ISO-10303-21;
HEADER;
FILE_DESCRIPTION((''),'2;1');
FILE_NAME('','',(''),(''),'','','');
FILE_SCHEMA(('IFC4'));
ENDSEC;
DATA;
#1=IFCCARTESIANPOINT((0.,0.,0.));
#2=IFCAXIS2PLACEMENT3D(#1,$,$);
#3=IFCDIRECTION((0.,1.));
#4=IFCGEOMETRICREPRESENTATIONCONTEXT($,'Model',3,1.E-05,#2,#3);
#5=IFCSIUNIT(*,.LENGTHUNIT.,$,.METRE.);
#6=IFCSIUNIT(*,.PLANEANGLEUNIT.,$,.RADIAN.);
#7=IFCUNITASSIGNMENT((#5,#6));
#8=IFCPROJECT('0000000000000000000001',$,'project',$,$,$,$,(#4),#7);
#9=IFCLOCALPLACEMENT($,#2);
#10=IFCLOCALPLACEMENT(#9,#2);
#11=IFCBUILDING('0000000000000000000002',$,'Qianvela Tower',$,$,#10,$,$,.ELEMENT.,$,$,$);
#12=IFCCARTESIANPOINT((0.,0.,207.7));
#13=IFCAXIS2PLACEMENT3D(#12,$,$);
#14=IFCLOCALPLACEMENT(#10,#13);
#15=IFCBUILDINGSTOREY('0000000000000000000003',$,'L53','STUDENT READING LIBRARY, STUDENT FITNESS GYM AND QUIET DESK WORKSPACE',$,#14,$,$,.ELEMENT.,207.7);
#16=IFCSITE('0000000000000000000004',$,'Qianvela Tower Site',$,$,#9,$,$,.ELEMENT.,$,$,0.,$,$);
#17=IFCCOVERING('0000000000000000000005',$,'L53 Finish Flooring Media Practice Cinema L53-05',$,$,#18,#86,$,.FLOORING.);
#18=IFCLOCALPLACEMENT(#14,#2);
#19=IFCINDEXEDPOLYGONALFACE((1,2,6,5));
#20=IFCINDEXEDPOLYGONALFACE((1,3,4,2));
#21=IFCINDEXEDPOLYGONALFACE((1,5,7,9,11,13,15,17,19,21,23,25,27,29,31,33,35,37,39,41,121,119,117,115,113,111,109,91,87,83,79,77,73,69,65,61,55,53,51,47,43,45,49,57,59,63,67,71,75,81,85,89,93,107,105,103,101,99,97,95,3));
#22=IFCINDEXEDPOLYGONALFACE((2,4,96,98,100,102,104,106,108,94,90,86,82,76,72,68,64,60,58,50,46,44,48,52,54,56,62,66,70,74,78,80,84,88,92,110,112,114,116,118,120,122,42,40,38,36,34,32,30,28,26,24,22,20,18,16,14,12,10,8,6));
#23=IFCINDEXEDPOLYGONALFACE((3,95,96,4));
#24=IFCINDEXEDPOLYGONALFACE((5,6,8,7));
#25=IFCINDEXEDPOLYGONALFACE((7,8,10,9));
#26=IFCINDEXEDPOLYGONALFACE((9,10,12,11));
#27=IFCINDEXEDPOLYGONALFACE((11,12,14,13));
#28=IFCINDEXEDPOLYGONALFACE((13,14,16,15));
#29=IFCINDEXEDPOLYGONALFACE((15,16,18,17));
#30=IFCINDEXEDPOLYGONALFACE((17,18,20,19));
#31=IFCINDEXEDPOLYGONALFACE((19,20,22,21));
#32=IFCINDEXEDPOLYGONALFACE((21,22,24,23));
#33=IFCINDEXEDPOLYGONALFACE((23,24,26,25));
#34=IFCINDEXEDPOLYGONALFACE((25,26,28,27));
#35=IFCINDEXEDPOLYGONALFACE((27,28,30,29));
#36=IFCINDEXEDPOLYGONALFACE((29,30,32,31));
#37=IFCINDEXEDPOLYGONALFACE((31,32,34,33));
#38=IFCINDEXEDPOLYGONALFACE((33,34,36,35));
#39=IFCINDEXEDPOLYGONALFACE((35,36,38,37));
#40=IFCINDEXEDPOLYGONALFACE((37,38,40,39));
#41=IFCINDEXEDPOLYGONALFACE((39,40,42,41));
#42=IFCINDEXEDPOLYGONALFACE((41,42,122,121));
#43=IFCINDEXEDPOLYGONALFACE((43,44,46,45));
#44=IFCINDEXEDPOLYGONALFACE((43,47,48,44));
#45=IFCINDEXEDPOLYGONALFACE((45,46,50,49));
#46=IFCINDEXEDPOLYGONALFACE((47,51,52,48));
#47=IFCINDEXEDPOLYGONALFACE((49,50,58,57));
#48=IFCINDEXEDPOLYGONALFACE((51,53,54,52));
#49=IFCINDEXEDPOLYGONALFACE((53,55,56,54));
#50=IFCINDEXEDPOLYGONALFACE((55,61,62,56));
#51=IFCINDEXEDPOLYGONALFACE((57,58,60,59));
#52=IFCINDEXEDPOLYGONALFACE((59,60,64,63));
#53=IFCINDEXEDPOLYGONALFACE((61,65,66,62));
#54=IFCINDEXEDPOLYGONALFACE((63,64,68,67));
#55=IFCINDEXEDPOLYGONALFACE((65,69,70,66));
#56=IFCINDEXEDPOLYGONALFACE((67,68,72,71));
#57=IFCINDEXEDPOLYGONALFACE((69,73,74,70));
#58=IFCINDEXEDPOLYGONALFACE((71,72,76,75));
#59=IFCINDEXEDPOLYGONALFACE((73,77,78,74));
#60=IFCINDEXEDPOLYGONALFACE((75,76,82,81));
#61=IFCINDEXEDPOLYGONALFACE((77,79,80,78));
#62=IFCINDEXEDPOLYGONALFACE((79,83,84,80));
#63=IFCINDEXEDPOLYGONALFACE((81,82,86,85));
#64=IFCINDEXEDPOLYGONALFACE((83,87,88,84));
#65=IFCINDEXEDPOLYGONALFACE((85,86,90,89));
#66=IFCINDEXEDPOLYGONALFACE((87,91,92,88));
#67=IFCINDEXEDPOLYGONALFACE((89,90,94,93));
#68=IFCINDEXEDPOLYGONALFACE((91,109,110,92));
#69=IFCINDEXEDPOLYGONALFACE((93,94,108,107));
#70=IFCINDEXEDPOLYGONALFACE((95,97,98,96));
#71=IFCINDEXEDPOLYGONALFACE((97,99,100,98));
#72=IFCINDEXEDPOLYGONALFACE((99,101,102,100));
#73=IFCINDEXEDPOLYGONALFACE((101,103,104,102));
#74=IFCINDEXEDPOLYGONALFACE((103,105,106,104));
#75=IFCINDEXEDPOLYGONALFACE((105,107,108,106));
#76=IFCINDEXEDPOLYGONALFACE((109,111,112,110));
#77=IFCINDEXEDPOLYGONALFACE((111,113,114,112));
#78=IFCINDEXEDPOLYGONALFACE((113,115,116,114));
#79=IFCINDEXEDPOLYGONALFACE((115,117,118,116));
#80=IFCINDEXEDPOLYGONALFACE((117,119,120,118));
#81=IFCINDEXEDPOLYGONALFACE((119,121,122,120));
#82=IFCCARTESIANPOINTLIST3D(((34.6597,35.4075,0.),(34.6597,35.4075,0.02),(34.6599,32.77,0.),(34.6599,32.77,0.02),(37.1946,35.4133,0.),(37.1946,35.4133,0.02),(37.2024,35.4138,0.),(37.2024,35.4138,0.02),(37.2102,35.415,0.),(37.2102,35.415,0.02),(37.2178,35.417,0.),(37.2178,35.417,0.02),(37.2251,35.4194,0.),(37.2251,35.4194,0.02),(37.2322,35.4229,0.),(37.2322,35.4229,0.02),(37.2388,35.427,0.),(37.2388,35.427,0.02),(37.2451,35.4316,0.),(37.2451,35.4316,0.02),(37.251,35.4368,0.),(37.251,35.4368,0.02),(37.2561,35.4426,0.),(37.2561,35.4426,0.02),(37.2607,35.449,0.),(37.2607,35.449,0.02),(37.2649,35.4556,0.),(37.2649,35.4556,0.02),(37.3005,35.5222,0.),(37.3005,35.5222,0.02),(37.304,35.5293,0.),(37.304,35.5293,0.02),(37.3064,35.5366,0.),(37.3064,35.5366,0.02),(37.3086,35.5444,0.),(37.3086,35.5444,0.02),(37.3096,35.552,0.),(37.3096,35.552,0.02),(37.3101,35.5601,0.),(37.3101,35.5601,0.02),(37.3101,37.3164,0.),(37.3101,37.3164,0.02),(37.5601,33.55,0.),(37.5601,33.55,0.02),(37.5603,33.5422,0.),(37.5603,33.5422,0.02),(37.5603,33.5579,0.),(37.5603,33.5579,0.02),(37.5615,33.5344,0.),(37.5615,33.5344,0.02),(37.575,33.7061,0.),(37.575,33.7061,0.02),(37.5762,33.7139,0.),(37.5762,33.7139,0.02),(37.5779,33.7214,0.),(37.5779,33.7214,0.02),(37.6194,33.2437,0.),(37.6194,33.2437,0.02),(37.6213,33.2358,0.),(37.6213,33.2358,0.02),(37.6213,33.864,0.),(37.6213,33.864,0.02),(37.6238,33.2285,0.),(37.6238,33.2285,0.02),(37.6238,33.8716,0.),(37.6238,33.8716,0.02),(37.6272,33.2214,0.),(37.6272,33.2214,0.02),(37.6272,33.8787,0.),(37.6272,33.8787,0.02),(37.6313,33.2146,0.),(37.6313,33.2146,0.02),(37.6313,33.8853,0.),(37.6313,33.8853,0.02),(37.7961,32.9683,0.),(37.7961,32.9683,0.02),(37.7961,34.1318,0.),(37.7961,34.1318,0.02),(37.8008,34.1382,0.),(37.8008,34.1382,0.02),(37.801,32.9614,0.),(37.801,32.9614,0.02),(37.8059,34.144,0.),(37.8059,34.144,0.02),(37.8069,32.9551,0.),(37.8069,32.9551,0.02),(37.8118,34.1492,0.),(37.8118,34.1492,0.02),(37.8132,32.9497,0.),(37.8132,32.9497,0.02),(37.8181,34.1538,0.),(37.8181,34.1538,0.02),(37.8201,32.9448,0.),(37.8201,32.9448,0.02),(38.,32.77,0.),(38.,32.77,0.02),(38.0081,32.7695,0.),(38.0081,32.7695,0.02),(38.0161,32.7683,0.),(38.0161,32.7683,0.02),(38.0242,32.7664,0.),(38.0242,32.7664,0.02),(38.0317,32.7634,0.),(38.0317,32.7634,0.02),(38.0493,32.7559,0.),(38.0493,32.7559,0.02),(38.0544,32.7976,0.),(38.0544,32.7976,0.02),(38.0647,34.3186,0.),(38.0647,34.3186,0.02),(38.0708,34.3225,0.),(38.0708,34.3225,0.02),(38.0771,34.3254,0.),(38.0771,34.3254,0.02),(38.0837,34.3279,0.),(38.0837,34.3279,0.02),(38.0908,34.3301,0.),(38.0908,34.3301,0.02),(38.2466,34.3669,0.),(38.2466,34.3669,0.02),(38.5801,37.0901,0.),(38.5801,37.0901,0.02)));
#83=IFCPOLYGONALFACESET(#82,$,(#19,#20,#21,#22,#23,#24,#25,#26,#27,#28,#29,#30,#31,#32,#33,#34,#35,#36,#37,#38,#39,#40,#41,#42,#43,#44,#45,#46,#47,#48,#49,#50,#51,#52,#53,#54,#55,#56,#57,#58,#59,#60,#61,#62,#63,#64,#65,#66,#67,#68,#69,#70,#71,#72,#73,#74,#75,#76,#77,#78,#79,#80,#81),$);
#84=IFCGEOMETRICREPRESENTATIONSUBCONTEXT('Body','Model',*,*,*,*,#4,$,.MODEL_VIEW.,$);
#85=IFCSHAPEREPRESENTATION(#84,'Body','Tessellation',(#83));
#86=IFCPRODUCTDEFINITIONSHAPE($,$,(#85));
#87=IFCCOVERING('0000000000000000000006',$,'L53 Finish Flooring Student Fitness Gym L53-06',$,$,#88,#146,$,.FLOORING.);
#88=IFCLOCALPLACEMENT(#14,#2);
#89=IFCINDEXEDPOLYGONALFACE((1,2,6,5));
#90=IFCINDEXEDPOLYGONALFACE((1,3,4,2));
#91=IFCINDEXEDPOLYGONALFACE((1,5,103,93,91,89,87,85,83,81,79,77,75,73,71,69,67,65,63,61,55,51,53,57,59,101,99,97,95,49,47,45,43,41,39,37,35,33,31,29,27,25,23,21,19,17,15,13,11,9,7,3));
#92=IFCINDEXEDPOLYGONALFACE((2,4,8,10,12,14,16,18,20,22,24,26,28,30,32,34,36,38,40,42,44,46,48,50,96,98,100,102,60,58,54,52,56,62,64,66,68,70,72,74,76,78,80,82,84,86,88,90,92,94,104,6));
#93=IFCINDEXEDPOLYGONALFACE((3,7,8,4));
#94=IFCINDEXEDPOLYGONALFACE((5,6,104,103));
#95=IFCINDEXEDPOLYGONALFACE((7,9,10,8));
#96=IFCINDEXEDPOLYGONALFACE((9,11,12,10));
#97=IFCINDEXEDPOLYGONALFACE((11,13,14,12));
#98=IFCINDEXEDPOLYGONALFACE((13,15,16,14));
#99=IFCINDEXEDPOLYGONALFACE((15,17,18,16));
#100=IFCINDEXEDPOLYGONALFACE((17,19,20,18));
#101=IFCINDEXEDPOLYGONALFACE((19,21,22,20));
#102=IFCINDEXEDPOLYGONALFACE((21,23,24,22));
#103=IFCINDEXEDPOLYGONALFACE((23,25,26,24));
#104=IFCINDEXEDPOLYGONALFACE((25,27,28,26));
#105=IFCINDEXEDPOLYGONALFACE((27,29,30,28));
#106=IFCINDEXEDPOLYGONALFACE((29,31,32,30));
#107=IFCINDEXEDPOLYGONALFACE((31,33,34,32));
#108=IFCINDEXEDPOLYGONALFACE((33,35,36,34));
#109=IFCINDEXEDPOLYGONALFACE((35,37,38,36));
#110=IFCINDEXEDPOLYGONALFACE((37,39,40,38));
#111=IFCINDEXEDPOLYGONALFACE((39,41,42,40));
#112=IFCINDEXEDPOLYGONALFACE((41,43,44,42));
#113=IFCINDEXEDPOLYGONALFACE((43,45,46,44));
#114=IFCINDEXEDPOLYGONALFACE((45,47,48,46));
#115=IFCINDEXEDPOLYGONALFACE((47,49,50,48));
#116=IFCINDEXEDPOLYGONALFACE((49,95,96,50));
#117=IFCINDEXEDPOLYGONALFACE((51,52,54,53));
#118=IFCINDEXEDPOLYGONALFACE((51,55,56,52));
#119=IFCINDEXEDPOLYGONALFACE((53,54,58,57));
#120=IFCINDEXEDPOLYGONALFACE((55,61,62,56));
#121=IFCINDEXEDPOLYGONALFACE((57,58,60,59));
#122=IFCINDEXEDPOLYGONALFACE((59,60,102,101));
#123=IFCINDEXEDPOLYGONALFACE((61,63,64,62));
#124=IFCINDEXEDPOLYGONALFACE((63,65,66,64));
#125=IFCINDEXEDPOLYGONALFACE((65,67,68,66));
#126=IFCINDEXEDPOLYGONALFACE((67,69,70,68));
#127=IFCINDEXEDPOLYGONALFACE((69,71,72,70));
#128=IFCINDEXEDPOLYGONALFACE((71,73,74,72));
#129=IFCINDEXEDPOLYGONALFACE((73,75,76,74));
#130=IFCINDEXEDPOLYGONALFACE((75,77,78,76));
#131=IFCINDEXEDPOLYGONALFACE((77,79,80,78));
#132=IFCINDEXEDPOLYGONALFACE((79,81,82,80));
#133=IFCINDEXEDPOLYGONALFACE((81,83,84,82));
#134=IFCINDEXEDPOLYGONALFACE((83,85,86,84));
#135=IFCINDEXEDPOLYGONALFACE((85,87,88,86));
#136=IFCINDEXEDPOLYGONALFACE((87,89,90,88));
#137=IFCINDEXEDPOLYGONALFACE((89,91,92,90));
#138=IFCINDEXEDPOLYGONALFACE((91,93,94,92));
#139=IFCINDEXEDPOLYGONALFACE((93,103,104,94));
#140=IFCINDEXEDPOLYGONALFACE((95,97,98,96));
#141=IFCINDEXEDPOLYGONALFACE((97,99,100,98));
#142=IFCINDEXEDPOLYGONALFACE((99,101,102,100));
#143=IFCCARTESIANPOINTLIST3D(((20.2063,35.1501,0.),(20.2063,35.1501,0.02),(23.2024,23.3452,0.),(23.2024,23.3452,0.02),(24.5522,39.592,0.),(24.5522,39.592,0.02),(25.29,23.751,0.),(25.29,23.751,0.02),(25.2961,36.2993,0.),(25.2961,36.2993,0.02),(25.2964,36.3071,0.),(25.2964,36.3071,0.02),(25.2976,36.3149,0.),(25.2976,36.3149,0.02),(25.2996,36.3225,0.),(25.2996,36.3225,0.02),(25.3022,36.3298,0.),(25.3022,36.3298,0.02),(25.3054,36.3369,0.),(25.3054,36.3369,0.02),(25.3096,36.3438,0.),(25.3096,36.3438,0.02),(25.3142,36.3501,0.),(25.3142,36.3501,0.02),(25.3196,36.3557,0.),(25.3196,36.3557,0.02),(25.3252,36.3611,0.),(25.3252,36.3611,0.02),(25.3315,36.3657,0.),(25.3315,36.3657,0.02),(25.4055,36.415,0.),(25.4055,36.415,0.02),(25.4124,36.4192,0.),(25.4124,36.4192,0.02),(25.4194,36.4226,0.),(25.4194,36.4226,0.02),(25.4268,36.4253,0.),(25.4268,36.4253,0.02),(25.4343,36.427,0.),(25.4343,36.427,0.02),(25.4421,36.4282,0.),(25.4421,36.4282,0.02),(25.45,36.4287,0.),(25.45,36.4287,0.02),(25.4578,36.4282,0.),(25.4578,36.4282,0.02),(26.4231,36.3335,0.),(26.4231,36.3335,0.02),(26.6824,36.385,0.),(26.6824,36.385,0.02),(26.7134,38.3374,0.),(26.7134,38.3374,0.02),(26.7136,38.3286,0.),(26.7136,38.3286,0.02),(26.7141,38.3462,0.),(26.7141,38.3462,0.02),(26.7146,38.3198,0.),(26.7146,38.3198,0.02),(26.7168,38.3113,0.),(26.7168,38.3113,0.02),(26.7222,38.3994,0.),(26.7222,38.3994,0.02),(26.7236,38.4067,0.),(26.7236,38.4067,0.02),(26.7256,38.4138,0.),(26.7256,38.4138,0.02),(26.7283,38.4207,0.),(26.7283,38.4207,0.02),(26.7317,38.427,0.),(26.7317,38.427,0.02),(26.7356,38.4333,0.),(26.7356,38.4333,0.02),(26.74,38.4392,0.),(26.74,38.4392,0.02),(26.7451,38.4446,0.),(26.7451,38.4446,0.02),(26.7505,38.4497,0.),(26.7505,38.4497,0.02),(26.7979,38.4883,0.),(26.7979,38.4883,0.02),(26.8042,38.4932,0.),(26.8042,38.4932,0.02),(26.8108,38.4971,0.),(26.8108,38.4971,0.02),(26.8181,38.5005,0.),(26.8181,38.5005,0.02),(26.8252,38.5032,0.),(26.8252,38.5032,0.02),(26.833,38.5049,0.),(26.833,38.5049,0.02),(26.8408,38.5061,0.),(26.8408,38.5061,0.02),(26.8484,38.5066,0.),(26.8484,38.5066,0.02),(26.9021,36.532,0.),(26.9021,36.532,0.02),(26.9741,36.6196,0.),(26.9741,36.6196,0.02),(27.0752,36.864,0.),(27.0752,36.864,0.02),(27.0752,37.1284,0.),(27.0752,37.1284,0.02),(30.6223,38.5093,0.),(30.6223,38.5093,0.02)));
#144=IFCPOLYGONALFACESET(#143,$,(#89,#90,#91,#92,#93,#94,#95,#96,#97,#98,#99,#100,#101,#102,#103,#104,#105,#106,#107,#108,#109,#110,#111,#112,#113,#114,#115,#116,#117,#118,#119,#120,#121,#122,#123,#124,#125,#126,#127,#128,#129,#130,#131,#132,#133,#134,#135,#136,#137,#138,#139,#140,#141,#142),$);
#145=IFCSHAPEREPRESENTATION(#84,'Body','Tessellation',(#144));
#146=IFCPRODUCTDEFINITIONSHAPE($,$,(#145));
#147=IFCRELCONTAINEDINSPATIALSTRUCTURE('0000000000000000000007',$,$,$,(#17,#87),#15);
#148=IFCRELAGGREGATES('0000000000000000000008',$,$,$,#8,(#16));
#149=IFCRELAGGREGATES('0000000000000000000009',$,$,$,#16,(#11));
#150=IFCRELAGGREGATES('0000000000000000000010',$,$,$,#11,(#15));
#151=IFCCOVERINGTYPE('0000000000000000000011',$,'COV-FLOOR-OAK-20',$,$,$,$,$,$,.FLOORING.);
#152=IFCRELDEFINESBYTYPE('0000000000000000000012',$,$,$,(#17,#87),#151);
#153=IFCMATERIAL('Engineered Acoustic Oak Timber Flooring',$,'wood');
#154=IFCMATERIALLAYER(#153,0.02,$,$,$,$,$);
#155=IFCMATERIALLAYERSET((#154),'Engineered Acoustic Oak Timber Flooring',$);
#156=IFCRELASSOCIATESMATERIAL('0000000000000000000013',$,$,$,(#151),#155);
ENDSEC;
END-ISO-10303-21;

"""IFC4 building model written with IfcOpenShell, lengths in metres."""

from ifc_helpers import new_model, si_unit, direction, frame, origin, place, context, subcontext, project, spatial, polyline, outline, extrude, material, layer, layer_set, type_object, element, save


model = new_model("IFC4")

# Units and contexts
model_context = context("Model", 3, precision=1e-05, world=origin(), true_north=direction((0.0, 1.0)))
body_context = subcontext(model_context, "Body", "Model", "MODEL_VIEW")
ifc_project = project(units=[si_unit("LENGTHUNIT", "METRE"), si_unit("PLANEANGLEUNIT", "RADIAN")], contexts=[model_context])

# Site, building, storey
site_placement = place(None, origin())
site = spatial("IfcSite", under=ifc_project, at=site_placement, Name="Qianvela Tower Site", CompositionType="ELEMENT", RefElevation=0.0)
building_placement = place(site_placement, origin())
building = spatial("IfcBuilding", under=site, at=building_placement, Name="Qianvela Tower", CompositionType="ELEMENT")
storey_placement = place(building_placement, frame((0.0, 0.0, 207.7)))
storey = spatial("IfcBuildingStorey", under=building, at=storey_placement, Name="L53", Description="STUDENT READING LIBRARY, STUDENT FITNESS GYM AND QUIET DESK WORKSPACE", CompositionType="ELEMENT", Elevation=207.7)

# Coverings
ifc_material_1 = material(Name="Engineered Acoustic Oak Timber Flooring", Category="wood")
ifc_layer_1 = layer(ifc_material_1, 0.02)
ifc_layer_set_1 = layer_set([ifc_layer_1], Name="Engineered Acoustic Oak Timber Flooring")
covering_type_1 = type_object("IfcCoveringType", Name="COV-FLOOR-OAK-20", PredefinedType="FLOORING", material=ifc_layer_set_1)
covering_1_placement = place(storey_placement, origin())
element("IfcCovering", 1, at=covering_1_placement, inside=storey, type_object=covering_type_1, Name="L53 Finish Flooring Media Practice Cinema L53-05", PredefinedType="FLOORING", context=body_context, shape_type="SweptSolid", body=[
    extrude(outline(polyline([(34.6599, 32.77), (34.6597, 35.4075), (37.1946, 35.4133), (37.2024, 35.4138), (37.2102, 35.415), (37.2178, 35.417), (37.2251, 35.4194), (37.2322, 35.4229), (37.2388, 35.427), (37.2451, 35.4316), (37.251, 35.4368), (37.2561, 35.4426), (37.2607, 35.449), (37.2649, 35.4556), (37.3005, 35.5222), (37.304, 35.5293), (37.3064, 35.5366), (37.3086, 35.5444), (37.3096, 35.552), (37.3101, 35.5601), (37.3101, 37.3164), (38.5801, 37.0901), (38.2466, 34.3669), (38.0908, 34.3301), (38.0837, 34.3279), (38.0771, 34.3254), (38.0708, 34.3225), (38.0647, 34.3186), (37.8181, 34.1538), (37.8118, 34.1492), (37.8059, 34.144), (37.8008, 34.1382), (37.7961, 34.1318), (37.6313, 33.8853), (37.6272, 33.8787), (37.6238, 33.8716), (37.6213, 33.864), (37.5779, 33.7214), (37.5762, 33.7139), (37.575, 33.7061), (37.5603, 33.5579), (37.5601, 33.55), (37.5603, 33.5422), (37.5615, 33.5344), (37.6194, 33.2437), (37.6213, 33.2358), (37.6238, 33.2285), (37.6272, 33.2214), (37.6313, 33.2146), (37.7961, 32.9683), (37.801, 32.9614), (37.8069, 32.9551), (37.8132, 32.9497), (37.8201, 32.9448), (38.0544, 32.7976), (38.0493, 32.7559), (38.0317, 32.7634), (38.0242, 32.7664), (38.0161, 32.7683), (38.0081, 32.7695), (38.0, 32.77), (34.6599, 32.77)])), origin(), (0.0, 0.0, 1.0), 0.02),
])
covering_2_placement = place(storey_placement, origin())
element("IfcCovering", 2, at=covering_2_placement, inside=storey, type_object=covering_type_1, Name="L53 Finish Flooring Student Fitness Gym L53-06", PredefinedType="FLOORING", context=body_context, shape_type="SweptSolid", body=[
    extrude(outline(polyline([(24.5522, 39.592), (30.6223, 38.5093), (26.8484, 38.5066), (26.8408, 38.5061), (26.833, 38.5049), (26.8252, 38.5032), (26.8181, 38.5005), (26.8108, 38.4971), (26.8042, 38.4932), (26.7979, 38.4883), (26.7505, 38.4497), (26.7451, 38.4446), (26.74, 38.4392), (26.7356, 38.4333), (26.7317, 38.427), (26.7283, 38.4207), (26.7256, 38.4138), (26.7236, 38.4067), (26.7222, 38.3994), (26.7141, 38.3462), (26.7134, 38.3374), (26.7136, 38.3286), (26.7146, 38.3198), (26.7168, 38.3113), (27.0752, 37.1284), (27.0752, 36.864), (26.9741, 36.6196), (26.9021, 36.532), (26.6824, 36.385), (26.4231, 36.3335), (25.4578, 36.4282), (25.45, 36.4287), (25.4421, 36.4282), (25.4343, 36.427), (25.4268, 36.4253), (25.4194, 36.4226), (25.4124, 36.4192), (25.4055, 36.415), (25.3315, 36.3657), (25.3252, 36.3611), (25.3196, 36.3557), (25.3142, 36.3501), (25.3096, 36.3438), (25.3054, 36.3369), (25.3022, 36.3298), (25.2996, 36.3225), (25.2976, 36.3149), (25.2964, 36.3071), (25.2961, 36.2993), (25.29, 23.751), (23.2024, 23.3452), (20.2063, 35.1501), (24.5522, 39.592)])), origin(), (0.0, 0.0, 1.0), 0.02),
])

save(model, "model.ifc")
